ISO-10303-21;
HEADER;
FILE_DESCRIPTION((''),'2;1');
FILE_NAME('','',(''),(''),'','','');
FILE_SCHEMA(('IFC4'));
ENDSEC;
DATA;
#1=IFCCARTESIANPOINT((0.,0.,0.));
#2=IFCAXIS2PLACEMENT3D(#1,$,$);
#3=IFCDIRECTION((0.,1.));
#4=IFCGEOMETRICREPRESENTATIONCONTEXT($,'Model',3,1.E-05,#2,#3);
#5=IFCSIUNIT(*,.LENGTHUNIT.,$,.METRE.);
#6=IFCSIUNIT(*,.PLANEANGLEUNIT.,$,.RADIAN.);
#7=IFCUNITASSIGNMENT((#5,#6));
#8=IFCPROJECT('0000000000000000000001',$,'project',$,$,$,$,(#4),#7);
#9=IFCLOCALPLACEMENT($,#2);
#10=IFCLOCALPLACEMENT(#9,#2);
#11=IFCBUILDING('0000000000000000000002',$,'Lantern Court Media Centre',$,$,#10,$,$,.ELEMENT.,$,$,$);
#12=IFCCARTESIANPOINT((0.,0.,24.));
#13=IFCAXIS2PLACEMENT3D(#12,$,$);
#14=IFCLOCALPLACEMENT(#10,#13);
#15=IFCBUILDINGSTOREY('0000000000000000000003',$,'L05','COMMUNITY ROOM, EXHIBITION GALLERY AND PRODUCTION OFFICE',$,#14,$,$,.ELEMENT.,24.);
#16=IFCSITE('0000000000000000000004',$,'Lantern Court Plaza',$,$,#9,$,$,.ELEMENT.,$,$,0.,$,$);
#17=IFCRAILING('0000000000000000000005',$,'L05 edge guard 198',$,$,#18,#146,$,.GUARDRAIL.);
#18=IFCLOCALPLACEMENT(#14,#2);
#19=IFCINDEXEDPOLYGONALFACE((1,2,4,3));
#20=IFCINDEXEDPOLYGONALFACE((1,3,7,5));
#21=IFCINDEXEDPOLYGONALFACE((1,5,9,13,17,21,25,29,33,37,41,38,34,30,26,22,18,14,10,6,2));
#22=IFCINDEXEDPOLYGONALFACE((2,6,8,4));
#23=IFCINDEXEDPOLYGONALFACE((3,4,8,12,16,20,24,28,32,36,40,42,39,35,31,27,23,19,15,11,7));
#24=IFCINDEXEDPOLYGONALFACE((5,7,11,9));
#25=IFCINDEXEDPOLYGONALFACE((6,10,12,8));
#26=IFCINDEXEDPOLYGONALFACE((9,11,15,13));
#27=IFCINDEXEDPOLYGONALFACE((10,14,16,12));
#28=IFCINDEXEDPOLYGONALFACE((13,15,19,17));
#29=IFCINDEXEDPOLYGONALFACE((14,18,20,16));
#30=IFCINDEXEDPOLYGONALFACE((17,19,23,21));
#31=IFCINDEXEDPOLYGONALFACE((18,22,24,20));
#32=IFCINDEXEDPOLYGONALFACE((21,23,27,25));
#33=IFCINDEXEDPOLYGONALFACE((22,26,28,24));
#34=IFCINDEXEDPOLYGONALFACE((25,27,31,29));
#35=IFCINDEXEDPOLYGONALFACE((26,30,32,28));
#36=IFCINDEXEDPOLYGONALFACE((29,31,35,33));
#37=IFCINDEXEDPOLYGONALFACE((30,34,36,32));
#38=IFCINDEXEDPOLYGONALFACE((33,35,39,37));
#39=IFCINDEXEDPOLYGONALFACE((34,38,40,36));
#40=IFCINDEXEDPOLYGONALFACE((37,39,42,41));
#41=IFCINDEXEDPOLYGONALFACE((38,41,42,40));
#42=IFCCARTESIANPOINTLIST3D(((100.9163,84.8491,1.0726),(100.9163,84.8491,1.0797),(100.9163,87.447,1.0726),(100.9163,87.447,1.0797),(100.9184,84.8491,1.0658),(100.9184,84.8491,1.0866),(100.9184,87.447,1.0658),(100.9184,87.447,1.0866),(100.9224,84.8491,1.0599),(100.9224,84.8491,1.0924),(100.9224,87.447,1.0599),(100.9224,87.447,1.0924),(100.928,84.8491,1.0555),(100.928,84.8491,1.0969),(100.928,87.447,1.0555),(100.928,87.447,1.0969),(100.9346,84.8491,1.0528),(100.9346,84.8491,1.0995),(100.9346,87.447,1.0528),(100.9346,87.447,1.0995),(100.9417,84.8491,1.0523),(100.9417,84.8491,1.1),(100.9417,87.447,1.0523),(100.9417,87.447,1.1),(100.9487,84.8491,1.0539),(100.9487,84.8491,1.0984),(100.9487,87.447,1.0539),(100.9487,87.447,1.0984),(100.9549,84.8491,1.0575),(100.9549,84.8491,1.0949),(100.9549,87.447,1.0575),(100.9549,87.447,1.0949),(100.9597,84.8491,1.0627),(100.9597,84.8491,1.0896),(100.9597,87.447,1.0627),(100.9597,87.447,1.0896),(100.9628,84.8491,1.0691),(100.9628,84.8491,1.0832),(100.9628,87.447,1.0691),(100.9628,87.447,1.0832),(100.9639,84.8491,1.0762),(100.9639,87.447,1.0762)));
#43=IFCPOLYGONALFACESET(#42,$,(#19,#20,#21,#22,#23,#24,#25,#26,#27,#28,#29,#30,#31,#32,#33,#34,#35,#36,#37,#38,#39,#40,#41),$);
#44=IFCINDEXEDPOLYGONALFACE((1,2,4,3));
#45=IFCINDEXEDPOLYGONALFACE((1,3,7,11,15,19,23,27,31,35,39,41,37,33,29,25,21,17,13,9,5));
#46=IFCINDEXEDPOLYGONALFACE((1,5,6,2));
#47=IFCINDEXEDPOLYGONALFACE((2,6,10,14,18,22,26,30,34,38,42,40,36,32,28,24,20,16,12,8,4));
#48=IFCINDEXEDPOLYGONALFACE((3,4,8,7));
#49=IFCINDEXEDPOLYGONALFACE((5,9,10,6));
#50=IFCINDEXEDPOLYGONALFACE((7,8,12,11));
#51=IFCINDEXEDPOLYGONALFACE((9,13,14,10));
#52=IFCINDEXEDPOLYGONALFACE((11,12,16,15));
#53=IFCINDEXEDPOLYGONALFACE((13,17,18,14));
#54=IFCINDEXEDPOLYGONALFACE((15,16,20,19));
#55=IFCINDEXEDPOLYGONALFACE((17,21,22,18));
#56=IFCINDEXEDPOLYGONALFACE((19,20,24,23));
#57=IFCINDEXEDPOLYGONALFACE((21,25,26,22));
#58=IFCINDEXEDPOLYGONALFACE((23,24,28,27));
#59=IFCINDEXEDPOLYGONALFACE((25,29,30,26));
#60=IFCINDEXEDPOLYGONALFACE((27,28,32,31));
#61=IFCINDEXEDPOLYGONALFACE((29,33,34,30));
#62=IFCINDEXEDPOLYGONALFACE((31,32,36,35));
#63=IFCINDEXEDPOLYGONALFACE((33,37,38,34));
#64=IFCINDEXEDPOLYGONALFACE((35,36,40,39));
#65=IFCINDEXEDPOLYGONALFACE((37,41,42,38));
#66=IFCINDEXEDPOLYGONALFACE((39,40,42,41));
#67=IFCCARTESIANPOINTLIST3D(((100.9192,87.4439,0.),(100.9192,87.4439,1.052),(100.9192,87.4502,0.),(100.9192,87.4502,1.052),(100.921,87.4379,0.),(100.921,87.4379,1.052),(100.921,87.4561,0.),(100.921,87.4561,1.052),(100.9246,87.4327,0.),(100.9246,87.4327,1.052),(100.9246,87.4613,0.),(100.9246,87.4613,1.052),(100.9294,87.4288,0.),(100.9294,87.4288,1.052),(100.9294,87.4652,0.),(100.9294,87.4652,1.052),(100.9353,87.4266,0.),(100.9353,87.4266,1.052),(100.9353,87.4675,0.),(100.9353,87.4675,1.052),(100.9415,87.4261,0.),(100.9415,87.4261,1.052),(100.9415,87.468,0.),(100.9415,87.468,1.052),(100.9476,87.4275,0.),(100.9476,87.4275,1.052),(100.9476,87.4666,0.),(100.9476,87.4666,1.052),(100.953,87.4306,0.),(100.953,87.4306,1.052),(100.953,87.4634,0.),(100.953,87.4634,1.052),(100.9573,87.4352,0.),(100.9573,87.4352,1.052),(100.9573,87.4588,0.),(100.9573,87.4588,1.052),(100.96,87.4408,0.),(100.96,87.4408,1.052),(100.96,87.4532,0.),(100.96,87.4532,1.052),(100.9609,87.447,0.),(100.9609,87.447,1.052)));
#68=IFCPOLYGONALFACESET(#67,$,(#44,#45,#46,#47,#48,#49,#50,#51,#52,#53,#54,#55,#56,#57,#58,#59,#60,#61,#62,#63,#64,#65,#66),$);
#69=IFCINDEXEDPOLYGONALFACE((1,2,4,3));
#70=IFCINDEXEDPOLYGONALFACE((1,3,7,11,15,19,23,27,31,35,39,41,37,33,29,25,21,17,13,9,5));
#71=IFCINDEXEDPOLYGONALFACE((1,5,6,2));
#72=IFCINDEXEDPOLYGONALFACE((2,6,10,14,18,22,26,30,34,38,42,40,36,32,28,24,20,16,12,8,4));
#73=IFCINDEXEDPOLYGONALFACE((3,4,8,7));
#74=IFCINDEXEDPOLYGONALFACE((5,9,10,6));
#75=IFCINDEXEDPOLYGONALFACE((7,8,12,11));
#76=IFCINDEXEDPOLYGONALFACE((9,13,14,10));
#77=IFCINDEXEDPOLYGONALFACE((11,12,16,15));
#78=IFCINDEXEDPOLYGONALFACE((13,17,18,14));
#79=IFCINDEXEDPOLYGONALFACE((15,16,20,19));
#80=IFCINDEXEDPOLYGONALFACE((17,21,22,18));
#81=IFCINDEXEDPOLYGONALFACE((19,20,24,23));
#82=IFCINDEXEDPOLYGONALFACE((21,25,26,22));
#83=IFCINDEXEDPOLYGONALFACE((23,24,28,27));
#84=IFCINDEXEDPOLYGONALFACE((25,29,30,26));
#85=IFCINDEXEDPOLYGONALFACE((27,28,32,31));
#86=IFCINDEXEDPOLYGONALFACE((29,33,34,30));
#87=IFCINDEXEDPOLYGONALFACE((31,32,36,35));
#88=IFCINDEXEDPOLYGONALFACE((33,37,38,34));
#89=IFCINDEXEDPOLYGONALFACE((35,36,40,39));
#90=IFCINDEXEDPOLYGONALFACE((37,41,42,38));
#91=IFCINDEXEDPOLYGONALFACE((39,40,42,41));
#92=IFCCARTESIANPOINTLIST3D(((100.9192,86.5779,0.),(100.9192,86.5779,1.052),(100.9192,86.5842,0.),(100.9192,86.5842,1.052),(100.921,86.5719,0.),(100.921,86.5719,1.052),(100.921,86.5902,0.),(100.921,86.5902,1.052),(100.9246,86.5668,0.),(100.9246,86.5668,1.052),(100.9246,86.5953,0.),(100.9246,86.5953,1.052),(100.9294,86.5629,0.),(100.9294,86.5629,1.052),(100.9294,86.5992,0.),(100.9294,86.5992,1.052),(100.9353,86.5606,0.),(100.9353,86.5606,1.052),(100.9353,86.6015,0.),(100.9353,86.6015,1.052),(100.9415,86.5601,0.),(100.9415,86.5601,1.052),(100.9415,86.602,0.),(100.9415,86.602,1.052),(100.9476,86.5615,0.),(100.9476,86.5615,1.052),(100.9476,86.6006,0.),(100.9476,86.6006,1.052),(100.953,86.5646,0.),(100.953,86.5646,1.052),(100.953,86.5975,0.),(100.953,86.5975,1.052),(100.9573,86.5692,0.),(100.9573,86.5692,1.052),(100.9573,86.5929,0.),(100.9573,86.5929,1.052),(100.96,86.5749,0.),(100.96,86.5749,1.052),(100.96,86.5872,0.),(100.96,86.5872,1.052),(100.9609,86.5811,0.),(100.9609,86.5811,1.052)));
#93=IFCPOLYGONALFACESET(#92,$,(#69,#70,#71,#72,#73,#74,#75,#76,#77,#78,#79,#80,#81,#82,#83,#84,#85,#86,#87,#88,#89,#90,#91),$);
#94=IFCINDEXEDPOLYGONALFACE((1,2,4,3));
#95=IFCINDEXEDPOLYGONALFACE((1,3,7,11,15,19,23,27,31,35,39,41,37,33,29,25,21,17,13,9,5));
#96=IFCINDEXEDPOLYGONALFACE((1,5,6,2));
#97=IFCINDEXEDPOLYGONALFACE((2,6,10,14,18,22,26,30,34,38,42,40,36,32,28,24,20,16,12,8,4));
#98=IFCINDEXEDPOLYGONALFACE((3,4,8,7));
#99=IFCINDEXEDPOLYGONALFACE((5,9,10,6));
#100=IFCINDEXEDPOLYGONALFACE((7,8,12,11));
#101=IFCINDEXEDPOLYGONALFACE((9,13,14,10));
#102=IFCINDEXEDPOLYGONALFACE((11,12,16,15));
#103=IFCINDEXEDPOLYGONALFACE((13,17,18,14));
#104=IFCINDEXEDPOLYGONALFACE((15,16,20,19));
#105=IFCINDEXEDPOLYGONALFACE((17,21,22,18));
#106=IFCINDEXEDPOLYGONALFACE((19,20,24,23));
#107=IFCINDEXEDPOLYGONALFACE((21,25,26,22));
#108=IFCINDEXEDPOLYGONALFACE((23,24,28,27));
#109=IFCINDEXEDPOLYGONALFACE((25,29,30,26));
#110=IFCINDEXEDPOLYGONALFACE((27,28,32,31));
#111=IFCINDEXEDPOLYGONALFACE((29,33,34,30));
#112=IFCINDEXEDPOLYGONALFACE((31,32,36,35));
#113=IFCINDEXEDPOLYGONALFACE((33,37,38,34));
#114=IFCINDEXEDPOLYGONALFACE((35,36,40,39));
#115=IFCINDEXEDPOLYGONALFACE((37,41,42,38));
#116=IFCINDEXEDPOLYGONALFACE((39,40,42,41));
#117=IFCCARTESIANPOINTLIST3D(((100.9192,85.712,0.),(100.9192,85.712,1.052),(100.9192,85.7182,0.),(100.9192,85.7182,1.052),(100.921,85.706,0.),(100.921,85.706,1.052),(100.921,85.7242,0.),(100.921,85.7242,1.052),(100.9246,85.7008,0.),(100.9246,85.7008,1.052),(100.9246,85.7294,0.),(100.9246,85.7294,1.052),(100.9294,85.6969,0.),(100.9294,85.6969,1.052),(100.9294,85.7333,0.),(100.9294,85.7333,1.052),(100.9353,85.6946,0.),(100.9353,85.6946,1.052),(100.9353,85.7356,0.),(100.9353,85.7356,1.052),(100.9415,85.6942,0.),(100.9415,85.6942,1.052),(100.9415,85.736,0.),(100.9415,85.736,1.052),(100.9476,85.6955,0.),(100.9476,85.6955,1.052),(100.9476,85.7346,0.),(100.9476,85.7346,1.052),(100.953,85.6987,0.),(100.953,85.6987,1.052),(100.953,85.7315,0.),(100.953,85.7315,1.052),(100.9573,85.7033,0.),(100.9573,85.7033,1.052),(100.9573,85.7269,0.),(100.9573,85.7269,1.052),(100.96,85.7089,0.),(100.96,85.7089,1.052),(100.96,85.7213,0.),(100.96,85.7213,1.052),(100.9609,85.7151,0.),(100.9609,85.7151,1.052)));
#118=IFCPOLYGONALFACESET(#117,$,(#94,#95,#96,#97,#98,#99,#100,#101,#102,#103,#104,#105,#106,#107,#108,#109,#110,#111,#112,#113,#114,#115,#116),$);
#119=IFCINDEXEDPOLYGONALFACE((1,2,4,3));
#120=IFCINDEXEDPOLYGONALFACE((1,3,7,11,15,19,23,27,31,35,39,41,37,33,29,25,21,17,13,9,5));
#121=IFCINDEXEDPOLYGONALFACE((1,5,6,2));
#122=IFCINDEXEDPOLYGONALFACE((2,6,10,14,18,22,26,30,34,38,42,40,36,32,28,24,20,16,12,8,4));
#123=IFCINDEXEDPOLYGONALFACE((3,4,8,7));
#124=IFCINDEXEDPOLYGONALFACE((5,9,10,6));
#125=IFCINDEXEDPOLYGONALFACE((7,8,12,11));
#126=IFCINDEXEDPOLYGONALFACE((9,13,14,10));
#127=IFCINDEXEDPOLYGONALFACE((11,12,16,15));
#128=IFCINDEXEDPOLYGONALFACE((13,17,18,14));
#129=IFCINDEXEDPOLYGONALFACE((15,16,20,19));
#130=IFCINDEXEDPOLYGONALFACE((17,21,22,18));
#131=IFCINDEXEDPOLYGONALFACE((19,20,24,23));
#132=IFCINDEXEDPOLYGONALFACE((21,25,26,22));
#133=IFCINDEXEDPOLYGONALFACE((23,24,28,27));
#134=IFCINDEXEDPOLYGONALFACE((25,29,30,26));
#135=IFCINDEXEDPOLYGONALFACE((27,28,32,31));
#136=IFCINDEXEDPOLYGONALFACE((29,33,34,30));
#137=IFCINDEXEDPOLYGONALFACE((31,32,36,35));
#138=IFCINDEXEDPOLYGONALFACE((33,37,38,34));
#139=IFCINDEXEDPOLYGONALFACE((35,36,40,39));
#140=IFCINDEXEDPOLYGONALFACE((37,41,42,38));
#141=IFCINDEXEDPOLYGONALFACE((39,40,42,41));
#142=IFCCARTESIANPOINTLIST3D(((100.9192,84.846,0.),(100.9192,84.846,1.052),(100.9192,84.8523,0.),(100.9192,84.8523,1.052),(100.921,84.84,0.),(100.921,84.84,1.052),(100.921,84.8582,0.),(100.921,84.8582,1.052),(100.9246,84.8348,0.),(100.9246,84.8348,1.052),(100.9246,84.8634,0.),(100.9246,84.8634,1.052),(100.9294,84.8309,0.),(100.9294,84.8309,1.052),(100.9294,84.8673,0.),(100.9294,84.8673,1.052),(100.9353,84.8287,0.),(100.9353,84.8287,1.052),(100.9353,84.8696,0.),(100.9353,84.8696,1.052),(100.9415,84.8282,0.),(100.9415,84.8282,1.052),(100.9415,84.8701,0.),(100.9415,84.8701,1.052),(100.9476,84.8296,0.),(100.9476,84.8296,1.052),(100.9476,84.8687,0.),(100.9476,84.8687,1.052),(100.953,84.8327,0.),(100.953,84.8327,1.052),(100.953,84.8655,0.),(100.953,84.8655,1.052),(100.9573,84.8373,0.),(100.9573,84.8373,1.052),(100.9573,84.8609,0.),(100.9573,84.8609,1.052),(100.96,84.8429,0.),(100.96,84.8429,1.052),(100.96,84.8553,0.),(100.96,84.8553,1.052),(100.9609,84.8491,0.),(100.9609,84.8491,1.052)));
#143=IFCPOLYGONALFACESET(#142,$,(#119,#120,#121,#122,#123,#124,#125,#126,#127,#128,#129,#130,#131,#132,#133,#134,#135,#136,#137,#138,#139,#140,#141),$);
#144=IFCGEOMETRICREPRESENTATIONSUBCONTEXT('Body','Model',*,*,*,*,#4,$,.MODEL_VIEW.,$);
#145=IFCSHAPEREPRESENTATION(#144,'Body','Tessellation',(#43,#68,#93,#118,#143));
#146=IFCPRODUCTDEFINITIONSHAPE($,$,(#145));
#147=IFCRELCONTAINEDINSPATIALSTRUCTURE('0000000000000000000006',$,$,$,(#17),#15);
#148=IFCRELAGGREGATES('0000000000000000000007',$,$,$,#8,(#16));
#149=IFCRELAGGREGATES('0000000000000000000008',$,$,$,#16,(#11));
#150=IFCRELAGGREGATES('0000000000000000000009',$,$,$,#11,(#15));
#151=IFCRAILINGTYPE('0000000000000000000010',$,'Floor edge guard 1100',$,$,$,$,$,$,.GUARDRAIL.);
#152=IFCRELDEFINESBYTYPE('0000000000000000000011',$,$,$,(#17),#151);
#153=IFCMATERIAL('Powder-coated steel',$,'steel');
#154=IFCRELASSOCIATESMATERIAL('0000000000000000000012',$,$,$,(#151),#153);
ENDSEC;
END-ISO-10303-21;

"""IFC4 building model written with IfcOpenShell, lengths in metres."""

from ifc_helpers import new_model, si_unit, direction, frame, origin, origin_2d, place, context, subcontext, project, spatial, circle, extrude, material, type_object, element, save


model = new_model("IFC4")

# Units and contexts
model_context = context("Model", 3, precision=1e-05, world=origin(), true_north=direction((0.0, 1.0)))
body_context = subcontext(model_context, "Body", "Model", "MODEL_VIEW")
ifc_project = project(units=[si_unit("LENGTHUNIT", "METRE"), si_unit("PLANEANGLEUNIT", "RADIAN")], contexts=[model_context])

# Site, building, storey
site_placement = place(None, origin())
site = spatial("IfcSite", under=ifc_project, at=site_placement, Name="Lantern Court Plaza", CompositionType="ELEMENT", RefElevation=0.0)
building_placement = place(site_placement, origin())
building = spatial("IfcBuilding", under=site, at=building_placement, Name="Lantern Court Media Centre", CompositionType="ELEMENT")
storey_placement = place(building_placement, frame((0.0, 0.0, 24.0)))
storey = spatial("IfcBuildingStorey", under=building, at=storey_placement, Name="L05", Description="COMMUNITY ROOM, EXHIBITION GALLERY AND PRODUCTION OFFICE", CompositionType="ELEMENT", Elevation=24.0)

# Railing
ifc_material_1 = material(Name="Powder-coated steel", Category="steel")
railing_type = type_object("IfcRailingType", Name="Floor edge guard 1100", PredefinedType="GUARDRAIL", material=ifc_material_1)
railing_1_placement = place(storey_placement, frame((100.9399, 87.447, 0.0)))
element("IfcRailing", 1, at=railing_1_placement, inside=storey, type_object=railing_type, Name="L05 edge guard 198", PredefinedType="GUARDRAIL", context=body_context, shape_type="SweptSolid", body=[
    extrude(circle(Radius=0.0239, at=origin_2d()), frame((0.0, 0.0, 1.0762), z_axis=(0.0, -1.0, 0.0), x_axis=(1.0, 0.0, 0.0)), (0.0, 0.0, 1.0), 2.5979),
    extrude(circle(Radius=0.021, at=origin_2d()), origin(), (0.0, 0.0, 1.0), 1.052),
    extrude(circle(Radius=0.021, at=origin_2d()), frame((0.0, -0.866, 0.0)), (0.0, 0.0, 1.0), 1.052),
    extrude(circle(Radius=0.021, at=origin_2d()), frame((0.0, -1.7319, 0.0)), (0.0, 0.0, 1.0), 1.052),
    extrude(circle(Radius=0.021, at=origin_2d()), frame((0.0, -2.5979, 0.0)), (0.0, 0.0, 1.0), 1.052),
])

save(model, "model.ifc")
